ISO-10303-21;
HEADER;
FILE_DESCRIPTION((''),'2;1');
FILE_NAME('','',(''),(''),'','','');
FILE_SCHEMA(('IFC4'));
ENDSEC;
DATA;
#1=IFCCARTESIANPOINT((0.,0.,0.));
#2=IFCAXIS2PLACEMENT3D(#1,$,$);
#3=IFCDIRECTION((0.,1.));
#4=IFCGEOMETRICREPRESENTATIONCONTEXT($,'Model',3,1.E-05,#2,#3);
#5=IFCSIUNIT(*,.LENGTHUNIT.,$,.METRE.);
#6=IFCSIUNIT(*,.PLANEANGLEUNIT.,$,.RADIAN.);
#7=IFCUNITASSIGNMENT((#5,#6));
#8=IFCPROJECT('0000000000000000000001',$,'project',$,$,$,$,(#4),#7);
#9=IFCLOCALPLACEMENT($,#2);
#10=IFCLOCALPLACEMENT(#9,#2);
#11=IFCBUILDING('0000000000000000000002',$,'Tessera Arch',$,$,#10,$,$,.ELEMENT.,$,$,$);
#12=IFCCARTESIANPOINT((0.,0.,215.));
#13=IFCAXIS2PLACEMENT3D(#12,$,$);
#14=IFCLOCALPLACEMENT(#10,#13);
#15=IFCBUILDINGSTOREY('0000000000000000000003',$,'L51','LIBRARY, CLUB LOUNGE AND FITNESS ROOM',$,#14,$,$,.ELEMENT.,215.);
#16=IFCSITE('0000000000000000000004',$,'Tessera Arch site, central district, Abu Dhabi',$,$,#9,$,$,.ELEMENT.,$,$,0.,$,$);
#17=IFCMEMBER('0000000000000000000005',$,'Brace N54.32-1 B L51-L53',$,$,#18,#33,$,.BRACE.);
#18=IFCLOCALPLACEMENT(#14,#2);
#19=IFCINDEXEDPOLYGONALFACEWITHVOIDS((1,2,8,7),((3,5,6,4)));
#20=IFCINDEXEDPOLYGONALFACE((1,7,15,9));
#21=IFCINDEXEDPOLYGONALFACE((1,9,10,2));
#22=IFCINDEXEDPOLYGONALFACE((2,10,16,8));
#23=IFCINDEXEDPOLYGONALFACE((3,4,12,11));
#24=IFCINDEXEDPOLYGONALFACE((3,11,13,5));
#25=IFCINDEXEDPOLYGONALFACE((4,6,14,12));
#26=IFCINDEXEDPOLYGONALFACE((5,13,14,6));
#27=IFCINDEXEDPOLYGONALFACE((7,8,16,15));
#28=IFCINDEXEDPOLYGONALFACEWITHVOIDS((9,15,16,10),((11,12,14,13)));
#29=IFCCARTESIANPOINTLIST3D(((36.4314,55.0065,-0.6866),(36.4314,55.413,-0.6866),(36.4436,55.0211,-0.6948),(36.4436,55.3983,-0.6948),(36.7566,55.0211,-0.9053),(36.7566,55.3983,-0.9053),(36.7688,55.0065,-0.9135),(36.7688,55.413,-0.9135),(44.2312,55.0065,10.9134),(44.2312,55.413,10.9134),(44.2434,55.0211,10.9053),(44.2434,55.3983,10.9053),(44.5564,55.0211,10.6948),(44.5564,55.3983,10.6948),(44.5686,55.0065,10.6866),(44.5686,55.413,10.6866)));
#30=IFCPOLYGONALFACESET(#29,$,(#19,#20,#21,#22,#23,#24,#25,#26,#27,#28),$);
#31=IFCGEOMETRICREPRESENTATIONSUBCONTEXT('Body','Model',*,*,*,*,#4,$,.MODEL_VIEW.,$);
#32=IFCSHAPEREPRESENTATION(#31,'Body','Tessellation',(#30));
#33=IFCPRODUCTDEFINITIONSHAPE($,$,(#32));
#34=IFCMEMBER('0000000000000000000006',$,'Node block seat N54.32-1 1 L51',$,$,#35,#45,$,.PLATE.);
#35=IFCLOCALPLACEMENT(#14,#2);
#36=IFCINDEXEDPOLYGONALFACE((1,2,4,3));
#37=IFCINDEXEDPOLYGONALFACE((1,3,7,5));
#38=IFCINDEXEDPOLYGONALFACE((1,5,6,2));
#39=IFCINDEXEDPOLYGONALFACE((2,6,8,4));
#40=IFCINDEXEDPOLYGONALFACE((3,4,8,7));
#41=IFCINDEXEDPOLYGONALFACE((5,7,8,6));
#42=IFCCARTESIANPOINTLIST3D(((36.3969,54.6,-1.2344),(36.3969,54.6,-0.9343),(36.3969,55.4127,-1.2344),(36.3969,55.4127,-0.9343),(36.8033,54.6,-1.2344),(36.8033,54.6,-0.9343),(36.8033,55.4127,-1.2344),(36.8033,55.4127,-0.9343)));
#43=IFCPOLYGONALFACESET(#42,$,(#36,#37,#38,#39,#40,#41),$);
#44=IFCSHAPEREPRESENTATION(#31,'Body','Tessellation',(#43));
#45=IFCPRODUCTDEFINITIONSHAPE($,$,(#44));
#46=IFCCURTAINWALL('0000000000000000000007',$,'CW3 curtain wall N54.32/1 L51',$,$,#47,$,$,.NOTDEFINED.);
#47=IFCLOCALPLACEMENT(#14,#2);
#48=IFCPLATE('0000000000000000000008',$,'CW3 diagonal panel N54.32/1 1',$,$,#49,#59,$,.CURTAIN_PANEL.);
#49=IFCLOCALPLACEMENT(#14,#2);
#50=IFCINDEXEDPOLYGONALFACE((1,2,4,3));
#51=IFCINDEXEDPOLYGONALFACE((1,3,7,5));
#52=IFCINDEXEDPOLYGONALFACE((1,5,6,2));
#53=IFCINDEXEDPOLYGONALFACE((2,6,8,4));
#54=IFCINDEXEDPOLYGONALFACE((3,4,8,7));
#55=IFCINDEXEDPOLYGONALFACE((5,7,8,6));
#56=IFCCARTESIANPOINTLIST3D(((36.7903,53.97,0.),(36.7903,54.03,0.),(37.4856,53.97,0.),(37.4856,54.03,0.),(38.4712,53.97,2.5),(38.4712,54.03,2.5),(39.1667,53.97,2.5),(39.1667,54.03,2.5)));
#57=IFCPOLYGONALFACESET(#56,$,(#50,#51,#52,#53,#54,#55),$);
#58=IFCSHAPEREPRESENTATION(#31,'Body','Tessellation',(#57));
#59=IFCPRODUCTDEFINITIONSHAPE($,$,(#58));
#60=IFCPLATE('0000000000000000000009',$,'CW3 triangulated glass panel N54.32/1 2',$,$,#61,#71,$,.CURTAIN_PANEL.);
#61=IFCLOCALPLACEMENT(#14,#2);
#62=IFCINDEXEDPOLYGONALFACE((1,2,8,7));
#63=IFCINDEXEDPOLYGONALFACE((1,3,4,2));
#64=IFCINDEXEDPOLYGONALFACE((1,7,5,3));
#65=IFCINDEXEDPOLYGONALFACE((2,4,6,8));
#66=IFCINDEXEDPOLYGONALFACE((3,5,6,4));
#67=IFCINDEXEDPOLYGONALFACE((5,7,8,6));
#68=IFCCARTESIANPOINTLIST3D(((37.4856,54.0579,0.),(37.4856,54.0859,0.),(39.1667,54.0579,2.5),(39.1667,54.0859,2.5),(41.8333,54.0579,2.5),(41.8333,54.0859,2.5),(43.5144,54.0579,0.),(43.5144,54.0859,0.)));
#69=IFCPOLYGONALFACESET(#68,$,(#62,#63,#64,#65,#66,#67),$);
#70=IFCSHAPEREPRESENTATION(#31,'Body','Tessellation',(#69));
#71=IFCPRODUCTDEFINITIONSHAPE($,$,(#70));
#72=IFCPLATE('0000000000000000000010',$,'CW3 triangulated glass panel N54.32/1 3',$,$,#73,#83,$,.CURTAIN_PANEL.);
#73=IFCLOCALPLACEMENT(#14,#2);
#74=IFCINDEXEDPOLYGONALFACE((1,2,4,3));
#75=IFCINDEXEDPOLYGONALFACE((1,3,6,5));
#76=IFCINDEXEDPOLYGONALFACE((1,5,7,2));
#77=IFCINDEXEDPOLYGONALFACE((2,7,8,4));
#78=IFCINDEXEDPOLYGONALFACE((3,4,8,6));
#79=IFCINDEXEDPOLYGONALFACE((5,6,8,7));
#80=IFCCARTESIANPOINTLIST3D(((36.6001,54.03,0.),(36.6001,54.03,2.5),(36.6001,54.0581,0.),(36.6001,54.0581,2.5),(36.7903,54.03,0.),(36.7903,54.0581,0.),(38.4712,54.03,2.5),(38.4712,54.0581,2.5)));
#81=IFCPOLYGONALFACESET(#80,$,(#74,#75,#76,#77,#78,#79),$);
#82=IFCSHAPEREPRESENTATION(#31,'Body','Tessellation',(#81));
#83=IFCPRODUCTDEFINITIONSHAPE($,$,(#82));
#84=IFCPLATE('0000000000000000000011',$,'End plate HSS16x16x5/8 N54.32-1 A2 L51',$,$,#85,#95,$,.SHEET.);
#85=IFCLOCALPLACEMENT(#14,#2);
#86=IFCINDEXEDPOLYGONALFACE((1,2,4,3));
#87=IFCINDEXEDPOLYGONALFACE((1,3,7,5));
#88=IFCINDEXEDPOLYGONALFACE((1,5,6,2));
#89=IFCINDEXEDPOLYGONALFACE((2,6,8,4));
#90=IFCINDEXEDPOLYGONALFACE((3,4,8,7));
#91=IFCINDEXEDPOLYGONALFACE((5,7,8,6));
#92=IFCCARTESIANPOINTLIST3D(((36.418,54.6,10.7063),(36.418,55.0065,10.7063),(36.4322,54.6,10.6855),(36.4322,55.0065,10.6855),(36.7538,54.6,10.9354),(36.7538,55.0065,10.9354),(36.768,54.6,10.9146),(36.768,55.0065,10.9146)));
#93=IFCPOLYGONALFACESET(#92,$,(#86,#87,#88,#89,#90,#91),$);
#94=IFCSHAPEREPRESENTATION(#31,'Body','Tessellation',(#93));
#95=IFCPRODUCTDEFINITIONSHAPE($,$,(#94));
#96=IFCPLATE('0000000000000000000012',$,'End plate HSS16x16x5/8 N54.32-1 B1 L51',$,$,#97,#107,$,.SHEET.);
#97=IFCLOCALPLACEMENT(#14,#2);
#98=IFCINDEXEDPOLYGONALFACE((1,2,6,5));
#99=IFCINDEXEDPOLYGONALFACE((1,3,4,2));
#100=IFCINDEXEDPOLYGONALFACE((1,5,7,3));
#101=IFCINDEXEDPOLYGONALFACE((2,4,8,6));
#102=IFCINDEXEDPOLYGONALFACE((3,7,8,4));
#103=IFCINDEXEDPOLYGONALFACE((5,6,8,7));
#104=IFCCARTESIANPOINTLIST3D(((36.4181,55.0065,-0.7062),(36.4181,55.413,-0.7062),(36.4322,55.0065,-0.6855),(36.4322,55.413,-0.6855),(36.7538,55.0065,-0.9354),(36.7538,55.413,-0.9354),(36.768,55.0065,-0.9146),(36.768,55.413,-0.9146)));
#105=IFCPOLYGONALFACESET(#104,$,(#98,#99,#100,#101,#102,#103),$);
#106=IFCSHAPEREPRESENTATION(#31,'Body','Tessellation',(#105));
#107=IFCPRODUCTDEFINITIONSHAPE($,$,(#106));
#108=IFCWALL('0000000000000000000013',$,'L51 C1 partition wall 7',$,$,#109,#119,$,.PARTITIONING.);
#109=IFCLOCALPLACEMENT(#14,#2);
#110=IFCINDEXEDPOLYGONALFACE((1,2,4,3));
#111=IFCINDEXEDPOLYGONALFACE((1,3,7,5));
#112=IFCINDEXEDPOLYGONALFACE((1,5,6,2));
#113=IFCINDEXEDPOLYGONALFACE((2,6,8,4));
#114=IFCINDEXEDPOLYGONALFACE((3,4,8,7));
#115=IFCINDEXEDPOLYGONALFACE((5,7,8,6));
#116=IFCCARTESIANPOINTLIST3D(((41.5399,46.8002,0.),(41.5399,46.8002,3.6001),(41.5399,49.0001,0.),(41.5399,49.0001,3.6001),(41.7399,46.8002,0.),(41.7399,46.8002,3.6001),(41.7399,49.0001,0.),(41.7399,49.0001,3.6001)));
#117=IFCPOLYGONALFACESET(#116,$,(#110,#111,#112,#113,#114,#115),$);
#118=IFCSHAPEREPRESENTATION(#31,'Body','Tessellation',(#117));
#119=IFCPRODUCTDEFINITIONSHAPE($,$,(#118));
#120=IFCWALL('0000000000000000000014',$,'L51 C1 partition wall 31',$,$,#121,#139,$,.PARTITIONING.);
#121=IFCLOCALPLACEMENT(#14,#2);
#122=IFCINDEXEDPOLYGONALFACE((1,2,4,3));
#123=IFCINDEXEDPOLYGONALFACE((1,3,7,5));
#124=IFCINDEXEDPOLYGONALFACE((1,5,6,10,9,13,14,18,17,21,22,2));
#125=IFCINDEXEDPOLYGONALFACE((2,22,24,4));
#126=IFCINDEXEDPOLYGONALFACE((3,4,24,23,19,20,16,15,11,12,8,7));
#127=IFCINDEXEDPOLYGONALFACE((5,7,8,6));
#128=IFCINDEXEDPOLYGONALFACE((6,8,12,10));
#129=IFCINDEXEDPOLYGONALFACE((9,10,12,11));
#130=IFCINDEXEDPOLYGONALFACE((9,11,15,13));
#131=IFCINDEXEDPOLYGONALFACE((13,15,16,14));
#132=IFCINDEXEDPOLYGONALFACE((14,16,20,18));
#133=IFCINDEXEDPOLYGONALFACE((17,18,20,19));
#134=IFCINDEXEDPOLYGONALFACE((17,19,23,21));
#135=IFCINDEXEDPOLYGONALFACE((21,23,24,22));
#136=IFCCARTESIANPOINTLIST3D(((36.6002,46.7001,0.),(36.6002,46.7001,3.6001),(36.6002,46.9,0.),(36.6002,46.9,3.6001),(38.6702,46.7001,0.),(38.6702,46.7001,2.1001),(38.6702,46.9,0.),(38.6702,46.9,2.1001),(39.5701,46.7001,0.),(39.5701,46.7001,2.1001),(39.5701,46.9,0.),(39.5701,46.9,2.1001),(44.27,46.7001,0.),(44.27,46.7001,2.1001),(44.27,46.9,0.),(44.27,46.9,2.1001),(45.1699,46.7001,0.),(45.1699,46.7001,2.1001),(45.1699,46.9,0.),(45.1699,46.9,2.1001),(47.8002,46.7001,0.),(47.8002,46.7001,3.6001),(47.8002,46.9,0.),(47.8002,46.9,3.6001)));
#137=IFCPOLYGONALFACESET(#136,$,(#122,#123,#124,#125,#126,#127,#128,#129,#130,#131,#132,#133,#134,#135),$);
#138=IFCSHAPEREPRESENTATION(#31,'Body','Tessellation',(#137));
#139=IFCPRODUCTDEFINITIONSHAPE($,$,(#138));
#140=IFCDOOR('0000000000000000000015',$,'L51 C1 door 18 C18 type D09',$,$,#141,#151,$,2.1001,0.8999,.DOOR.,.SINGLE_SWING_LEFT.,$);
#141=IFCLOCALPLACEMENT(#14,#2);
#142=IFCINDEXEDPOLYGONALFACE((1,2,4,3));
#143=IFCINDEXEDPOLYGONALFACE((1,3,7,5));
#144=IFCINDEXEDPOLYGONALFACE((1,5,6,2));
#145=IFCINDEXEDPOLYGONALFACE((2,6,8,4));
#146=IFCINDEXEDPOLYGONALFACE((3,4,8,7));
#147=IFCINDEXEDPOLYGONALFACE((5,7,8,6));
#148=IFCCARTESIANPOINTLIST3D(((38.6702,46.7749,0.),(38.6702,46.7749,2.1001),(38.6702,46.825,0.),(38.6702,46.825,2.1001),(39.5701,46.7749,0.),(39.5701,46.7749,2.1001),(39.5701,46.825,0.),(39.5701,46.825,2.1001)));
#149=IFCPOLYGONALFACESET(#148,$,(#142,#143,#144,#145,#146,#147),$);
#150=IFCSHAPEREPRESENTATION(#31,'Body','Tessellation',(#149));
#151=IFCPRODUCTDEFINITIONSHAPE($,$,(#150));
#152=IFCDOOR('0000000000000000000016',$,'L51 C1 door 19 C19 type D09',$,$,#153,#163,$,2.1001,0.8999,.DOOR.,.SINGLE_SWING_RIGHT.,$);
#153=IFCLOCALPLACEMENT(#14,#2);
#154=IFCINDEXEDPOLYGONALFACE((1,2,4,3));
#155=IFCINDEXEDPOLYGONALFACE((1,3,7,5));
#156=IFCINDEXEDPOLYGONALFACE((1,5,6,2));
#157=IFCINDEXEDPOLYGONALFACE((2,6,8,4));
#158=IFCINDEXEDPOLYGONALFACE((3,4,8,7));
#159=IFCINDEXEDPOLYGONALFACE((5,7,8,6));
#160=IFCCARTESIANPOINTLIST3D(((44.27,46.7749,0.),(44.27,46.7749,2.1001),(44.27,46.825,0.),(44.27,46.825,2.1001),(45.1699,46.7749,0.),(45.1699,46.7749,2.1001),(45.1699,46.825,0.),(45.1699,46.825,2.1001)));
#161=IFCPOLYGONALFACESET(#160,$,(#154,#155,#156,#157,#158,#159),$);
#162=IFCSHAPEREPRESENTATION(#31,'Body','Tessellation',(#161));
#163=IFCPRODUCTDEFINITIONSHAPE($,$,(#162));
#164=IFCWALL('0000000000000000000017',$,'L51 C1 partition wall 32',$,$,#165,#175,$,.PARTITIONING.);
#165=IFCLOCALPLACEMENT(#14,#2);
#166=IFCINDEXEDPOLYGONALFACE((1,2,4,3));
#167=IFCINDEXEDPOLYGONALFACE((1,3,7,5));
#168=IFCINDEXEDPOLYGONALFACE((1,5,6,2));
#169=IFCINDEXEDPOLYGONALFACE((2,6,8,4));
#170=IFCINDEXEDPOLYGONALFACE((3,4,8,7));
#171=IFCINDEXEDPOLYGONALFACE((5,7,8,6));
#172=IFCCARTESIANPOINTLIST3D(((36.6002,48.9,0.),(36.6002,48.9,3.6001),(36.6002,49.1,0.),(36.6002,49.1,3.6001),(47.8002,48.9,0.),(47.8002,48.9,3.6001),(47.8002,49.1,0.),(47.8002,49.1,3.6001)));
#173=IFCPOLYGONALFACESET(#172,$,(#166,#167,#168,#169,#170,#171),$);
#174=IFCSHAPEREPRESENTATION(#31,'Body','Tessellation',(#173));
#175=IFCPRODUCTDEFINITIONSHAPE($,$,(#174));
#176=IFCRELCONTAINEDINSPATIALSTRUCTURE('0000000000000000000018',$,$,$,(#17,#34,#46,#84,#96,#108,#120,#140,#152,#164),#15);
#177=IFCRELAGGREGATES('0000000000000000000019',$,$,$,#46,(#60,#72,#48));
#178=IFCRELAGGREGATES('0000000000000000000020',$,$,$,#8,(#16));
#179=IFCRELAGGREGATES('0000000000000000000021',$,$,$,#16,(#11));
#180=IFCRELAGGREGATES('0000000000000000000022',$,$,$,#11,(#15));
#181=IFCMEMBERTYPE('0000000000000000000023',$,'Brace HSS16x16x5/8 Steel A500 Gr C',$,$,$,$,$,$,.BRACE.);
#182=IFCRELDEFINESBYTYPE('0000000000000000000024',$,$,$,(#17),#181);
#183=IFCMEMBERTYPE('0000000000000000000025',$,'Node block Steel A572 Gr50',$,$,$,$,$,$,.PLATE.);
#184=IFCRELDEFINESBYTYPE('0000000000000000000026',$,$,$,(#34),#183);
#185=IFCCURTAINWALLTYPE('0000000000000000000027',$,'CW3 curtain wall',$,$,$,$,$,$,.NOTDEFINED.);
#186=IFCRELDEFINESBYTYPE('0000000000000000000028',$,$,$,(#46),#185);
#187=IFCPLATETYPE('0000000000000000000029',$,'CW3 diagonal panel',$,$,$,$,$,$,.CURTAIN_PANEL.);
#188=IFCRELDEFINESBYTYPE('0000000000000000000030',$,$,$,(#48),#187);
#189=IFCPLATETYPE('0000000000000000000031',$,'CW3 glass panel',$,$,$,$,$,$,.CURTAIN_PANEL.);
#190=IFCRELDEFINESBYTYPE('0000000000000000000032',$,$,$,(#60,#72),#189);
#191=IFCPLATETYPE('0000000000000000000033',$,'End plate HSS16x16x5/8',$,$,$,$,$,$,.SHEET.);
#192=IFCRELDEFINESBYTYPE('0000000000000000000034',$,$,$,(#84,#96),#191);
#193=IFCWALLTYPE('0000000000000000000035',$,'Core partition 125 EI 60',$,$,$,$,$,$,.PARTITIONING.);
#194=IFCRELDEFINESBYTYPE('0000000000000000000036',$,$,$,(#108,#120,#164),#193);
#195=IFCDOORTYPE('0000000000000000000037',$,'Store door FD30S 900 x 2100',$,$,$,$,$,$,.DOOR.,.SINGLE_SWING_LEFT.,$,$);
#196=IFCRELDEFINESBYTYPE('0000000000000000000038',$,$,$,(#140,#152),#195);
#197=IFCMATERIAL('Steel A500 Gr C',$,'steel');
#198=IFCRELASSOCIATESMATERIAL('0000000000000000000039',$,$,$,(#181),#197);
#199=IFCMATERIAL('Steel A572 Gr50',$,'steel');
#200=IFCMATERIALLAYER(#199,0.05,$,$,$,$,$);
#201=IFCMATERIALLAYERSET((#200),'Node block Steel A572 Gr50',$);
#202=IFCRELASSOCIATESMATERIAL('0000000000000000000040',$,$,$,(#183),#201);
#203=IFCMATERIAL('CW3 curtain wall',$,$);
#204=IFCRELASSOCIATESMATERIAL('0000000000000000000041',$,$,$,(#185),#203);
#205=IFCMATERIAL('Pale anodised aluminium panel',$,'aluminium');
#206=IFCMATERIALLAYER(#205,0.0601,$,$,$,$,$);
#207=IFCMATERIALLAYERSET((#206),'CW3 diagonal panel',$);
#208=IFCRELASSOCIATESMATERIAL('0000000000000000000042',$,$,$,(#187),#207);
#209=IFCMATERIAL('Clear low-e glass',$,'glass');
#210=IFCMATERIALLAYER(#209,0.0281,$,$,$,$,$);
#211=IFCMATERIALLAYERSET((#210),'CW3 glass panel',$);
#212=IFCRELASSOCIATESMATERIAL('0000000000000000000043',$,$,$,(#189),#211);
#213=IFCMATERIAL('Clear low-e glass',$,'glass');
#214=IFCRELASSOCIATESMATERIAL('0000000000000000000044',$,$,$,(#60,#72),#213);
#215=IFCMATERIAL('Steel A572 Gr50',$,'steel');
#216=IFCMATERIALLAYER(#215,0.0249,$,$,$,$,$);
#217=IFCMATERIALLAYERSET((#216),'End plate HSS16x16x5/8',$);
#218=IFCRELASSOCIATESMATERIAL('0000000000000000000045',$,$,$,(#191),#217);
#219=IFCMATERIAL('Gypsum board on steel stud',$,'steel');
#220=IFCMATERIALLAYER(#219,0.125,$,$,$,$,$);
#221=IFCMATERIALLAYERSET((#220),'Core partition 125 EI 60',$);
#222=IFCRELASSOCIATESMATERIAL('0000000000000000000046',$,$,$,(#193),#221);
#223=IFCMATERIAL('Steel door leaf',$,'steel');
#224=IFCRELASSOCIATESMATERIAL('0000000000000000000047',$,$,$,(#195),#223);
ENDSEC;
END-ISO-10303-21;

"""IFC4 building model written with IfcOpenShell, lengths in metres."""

from ifc_helpers import new_model, si_unit, direction, frame, frame_2d, origin, origin_2d, place, context, subcontext, project, spatial, polyline, rectangle, hollow_rectangle, outline, extrude, material, layer, layer_set, material_profile, profile_set, type_object, element, fill, aggregate, save


model = new_model("IFC4")

# Units and contexts
model_context = context("Model", 3, precision=1e-05, world=origin(), true_north=direction((0.0, 1.0)))
body_context = subcontext(model_context, "Body", "Model", "MODEL_VIEW")
ifc_project = project(units=[si_unit("LENGTHUNIT", "METRE"), si_unit("PLANEANGLEUNIT", "RADIAN")], contexts=[model_context])

# Site, building, storey
site_placement = place(None, origin())
site = spatial("IfcSite", under=ifc_project, at=site_placement, Name="Tessera Arch site, central district, Abu Dhabi", CompositionType="ELEMENT", RefElevation=0.0)
building_placement = place(site_placement, origin())
building = spatial("IfcBuilding", under=site, at=building_placement, Name="Tessera Arch", CompositionType="ELEMENT")
storey_placement = place(building_placement, frame((0.0, 0.0, 215.0)))
storey = spatial("IfcBuildingStorey", under=building, at=storey_placement, Name="L51", Description="LIBRARY, CLUB LOUNGE AND FITNESS ROOM", CompositionType="ELEMENT", Elevation=215.0)

# Members
ifc_material_1 = material(Name="Steel A500 Gr C", Category="steel")
ifc_material_profile = material_profile(ifc_material_1, hollow_rectangle(XDim=0.4065, YDim=0.4065, WallThickness=0.0146, at=origin_2d()), Name="HSS16x16x5/8")
ifc_profile_set = profile_set([ifc_material_profile], Name="Steel A500 Gr C")
member_type_1 = type_object("IfcMemberType", Name="Brace HSS16x16x5/8 Steel A500 Gr C", PredefinedType="BRACE", material=ifc_profile_set)
member_1_placement = place(storey_placement, frame((36.6001, 55.2097, -0.8), z_axis=(0.557985, 0.0, 0.829851), x_axis=(0.0, 1.0, 0.0)))
element("IfcMember", 1, at=member_1_placement, inside=storey, type_object=member_type_1, Name="Brace N54.32-1 B L51-L53", PredefinedType="BRACE", context=body_context, shape_type="SweptSolid", body=[
    extrude(hollow_rectangle(XDim=0.4065, YDim=0.4065, WallThickness=0.0146, at=origin_2d()), origin(), (0.0, 0.0, 1.0), 13.9785),
])
ifc_material_2 = material(Name="Steel A572 Gr50", Category="steel")
ifc_layer_1 = layer(ifc_material_2, 0.05)
ifc_layer_set_1 = layer_set([ifc_layer_1], Name="Node block Steel A572 Gr50")
member_type_2 = type_object("IfcMemberType", Name="Node block Steel A572 Gr50", PredefinedType="PLATE", material=ifc_layer_set_1)
member_2_placement = place(storey_placement, frame((36.6001, 55.0063, -1.2344), z_axis=(0.0, 0.0, 1.0), x_axis=(-1.0, 0.0, 0.0)))
element("IfcMember", 2, at=member_2_placement, inside=storey, type_object=member_type_2, Name="Node block seat N54.32-1 1 L51", PredefinedType="PLATE", context=body_context, shape_type="SweptSolid", body=[
    extrude(rectangle(XDim=0.4065, YDim=0.8127, at=origin_2d()), origin(), (0.0, 0.0, 1.0), 0.3),
])

# Curtain wall, plates
ifc_material_3 = material(Name="CW3 curtain wall")
curtain_wall_type = type_object("IfcCurtainWallType", Name="CW3 curtain wall", PredefinedType="NOTDEFINED", material=ifc_material_3)
curtain_wall_placement = place(storey_placement, origin())
curtain_wall = element("IfcCurtainWall", 3, at=curtain_wall_placement, inside=storey, type_object=curtain_wall_type, Name="CW3 curtain wall N54.32/1 L51", PredefinedType="NOTDEFINED")
ifc_material_4 = material(Name="Pale anodised aluminium panel", Category="aluminium")
ifc_layer_2 = layer(ifc_material_4, 0.0601)
ifc_layer_set_2 = layer_set([ifc_layer_2], Name="CW3 diagonal panel")
plate_type_1 = type_object("IfcPlateType", Name="CW3 diagonal panel", PredefinedType="CURTAIN_PANEL", material=ifc_layer_set_2)
plate_1_placement = place(storey_placement, frame((38.4712, 54.03, 2.5), z_axis=(0.0, 1.0, 0.0), x_axis=(1.0, 0.0, 0.0)))
plate_1 = element("IfcPlate", 4, at=plate_1_placement, type_object=plate_type_1, Name="CW3 diagonal panel N54.32/1 1", PredefinedType="CURTAIN_PANEL", context=body_context, shape_type="SweptSolid", body=[
    extrude(outline(polyline([(0.0, 0.0), (0.6956, 0.0), (-0.9856, 2.5), (-1.6809, 2.5), (0.0, 0.0)])), origin(), (0.0, 0.0, -1.0), 0.0601),
])
ifc_material_5 = material(Name="Clear low-e glass", Category="glass")
ifc_material_6 = material(Name="Clear low-e glass", Category="glass")
ifc_layer_3 = layer(ifc_material_6, 0.0281)
ifc_layer_set_3 = layer_set([ifc_layer_3], Name="CW3 glass panel")
plate_type_2 = type_object("IfcPlateType", Name="CW3 glass panel", PredefinedType="CURTAIN_PANEL", material=ifc_layer_set_3)
plate_2_placement = place(storey_placement, frame((39.1667, 54.0859, 2.5), z_axis=(0.0, 1.0, 0.0), x_axis=(1.0, 0.0, 0.0)))
plate_2 = element("IfcPlate", 5, at=plate_2_placement, type_object=plate_type_2, material=ifc_material_5, Name="CW3 triangulated glass panel N54.32/1 2", PredefinedType="CURTAIN_PANEL", context=body_context, shape_type="SweptSolid", body=[
    extrude(outline(polyline([(0.0, 0.0), (2.6665, 0.0), (4.3477, 2.5), (-1.6812, 2.5), (0.0, 0.0)])), origin(), (0.0, 0.0, -1.0), 0.0281),
])
plate_3_placement = place(storey_placement, frame((36.6001, 54.0581, 2.5), z_axis=(0.0, 1.0, 0.0), x_axis=(1.0, 0.0, 0.0)))
plate_3 = element("IfcPlate", 6, at=plate_3_placement, type_object=plate_type_2, material=ifc_material_5, Name="CW3 triangulated glass panel N54.32/1 3", PredefinedType="CURTAIN_PANEL", context=body_context, shape_type="SweptSolid", body=[
    extrude(outline(polyline([(0.0, 0.0), (1.8711, 0.0), (0.1902, 2.5), (0.0, 2.5), (0.0, 0.0)])), origin(), (0.0, 0.0, -1.0), 0.0281),
])
aggregate(curtain_wall, [plate_2, plate_3, plate_1])

# Plates
ifc_material_7 = material(Name="Steel A572 Gr50", Category="steel")
ifc_layer_4 = layer(ifc_material_7, 0.0249)
ifc_layer_set_4 = layer_set([ifc_layer_4], Name="End plate HSS16x16x5/8")
plate_type_3 = type_object("IfcPlateType", Name="End plate HSS16x16x5/8", PredefinedType="SHEET", material=ifc_layer_set_4)
for number, where, z_axis, x_axis, name in (
    (7, (36.6001, 54.8032, 10.8), (-0.563638, 0.0, 0.826022), (0.0, -1.0, 0.0), "End plate HSS16x16x5/8 N54.32-1 A2 L51"),
    (8, (36.5859, 55.2097, -0.8208), (0.563638, 0.0, 0.826022), (0.0, 1.0, 0.0), "End plate HSS16x16x5/8 N54.32-1 B1 L51"),
):
    element("IfcPlate", number, at=place(storey_placement, frame(where, z_axis=z_axis, x_axis=x_axis)), inside=storey, type_object=plate_type_3, Name=name, PredefinedType="SHEET", context=body_context, shape_type="SweptSolid", body=[
        extrude(rectangle(XDim=0.4065, YDim=0.4065, at=origin_2d()), origin(), (0.0, 0.0, 1.0), 0.0251),
    ])

# Wall
ifc_material_8 = material(Name="Gypsum board on steel stud", Category="steel")
ifc_layer_5 = layer(ifc_material_8, 0.125)
ifc_layer_set_5 = layer_set([ifc_layer_5], Name="Core partition 125 EI 60")
wall_type_1 = type_object("IfcWallType", Name="Core partition 125 EI 60", PredefinedType="PARTITIONING", material=ifc_layer_set_5)
wall_1_placement = place(storey_placement, frame((41.6399, 46.8, 0.0), z_axis=(0.0, 0.0, 1.0), x_axis=(0.0, 1.0, 0.0)))
element("IfcWall", 9, at=wall_1_placement, inside=storey, type_object=wall_type_1, Name="L51 C1 partition wall 7", PredefinedType="PARTITIONING", context=body_context, shape_type="SweptSolid", body=[
    extrude(rectangle(XDim=2.2, YDim=0.2, at=frame_2d((1.1001, 0.0))), origin(), (0.0, 0.0, 1.0), 3.6001),
])

# Wall, openings, doors
wall_2_placement = place(storey_placement, frame((36.6001, 46.8, 0.0), z_axis=(0.0, 0.0, 1.0), x_axis=(1.0, 0.0, 0.0)))
wall_2 = element("IfcWall", 10, at=wall_2_placement, inside=storey, type_object=wall_type_1, Name="L51 C1 partition wall 31", PredefinedType="PARTITIONING", context=body_context, shape_type="SweptSolid", body=[
    extrude(rectangle(XDim=11.2, YDim=0.2, at=frame_2d((5.6001, 0.0))), origin(), (0.0, 0.0, 1.0), 3.6001),
])
opening_1_placement = place(wall_2_placement, frame((2.0701, 0.0, 0.0)))
opening_1 = element("IfcOpeningElement", 11, at=opening_1_placement, cuts=wall_2, PredefinedType="OPENING", context=body_context, shape_type="SweptSolid", body=[
    extrude(rectangle(XDim=0.8999, YDim=2.1001, at=frame_2d((0.45, 1.05))), frame((0.0, 0.1099, 0.0), z_axis=(0.0, -1.0, 0.0), x_axis=(1.0, 0.0, 0.0)), (0.0, 0.0, 1.0), 0.22),
])
opening_2_placement = place(wall_2_placement, frame((7.6699, 0.0, 0.0)))
opening_2 = element("IfcOpeningElement", 12, at=opening_2_placement, cuts=wall_2, PredefinedType="OPENING", context=body_context, shape_type="SweptSolid", body=[
    extrude(rectangle(XDim=0.8999, YDim=2.1001, at=frame_2d((0.45, 1.05))), frame((0.0, 0.1099, 0.0), z_axis=(0.0, -1.0, 0.0), x_axis=(1.0, 0.0, 0.0)), (0.0, 0.0, 1.0), 0.22),
])
ifc_material_9 = material(Name="Steel door leaf", Category="steel")
door_type_1 = type_object("IfcDoorType", Name="Store door FD30S 900 x 2100", OperationType="SINGLE_SWING_LEFT", PredefinedType="DOOR", material=ifc_material_9)
door_1_placement = place(opening_1_placement, origin())
door_1 = element("IfcDoor", 13, at=door_1_placement, inside=storey, type_object=door_type_1, Name="L51 C1 door 18 C18 type D09", OperationType="SINGLE_SWING_LEFT", OverallHeight=2.1001, OverallWidth=0.8999, PredefinedType="DOOR", context=body_context, shape_type="SweptSolid", body=[
    extrude(rectangle(XDim=0.8999, YDim=2.1001, at=frame_2d((0.45, 1.05))), frame((0.0, 0.0249, 0.0), z_axis=(0.0, -1.0, 0.0), x_axis=(1.0, 0.0, 0.0)), (0.0, 0.0, 1.0), 0.05),
])
fill(opening_1, door_1)
door_2_placement = place(opening_2_placement, origin())
door_2 = element("IfcDoor", 14, at=door_2_placement, inside=storey, type_object=door_type_1, Name="L51 C1 door 19 C19 type D09", OperationType="SINGLE_SWING_RIGHT", OverallHeight=2.1001, OverallWidth=0.8999, PredefinedType="DOOR", context=body_context, shape_type="SweptSolid", body=[
    extrude(rectangle(XDim=0.8999, YDim=2.1001, at=frame_2d((0.45, 1.05))), frame((0.0, 0.0249, 0.0), z_axis=(0.0, -1.0, 0.0), x_axis=(1.0, 0.0, 0.0)), (0.0, 0.0, 1.0), 0.05),
])
fill(opening_2, door_2)

# Wall
wall_3_placement = place(storey_placement, frame((36.6001, 49.0, 0.0), z_axis=(0.0, 0.0, 1.0), x_axis=(1.0, 0.0, 0.0)))
element("IfcWall", 15, at=wall_3_placement, inside=storey, type_object=wall_type_1, Name="L51 C1 partition wall 32", PredefinedType="PARTITIONING", context=body_context, shape_type="SweptSolid", body=[
    extrude(rectangle(XDim=11.2, YDim=0.2, at=frame_2d((5.6001, 0.0))), origin(), (0.0, 0.0, 1.0), 3.6001),
])

save(model, "model.ifc")
